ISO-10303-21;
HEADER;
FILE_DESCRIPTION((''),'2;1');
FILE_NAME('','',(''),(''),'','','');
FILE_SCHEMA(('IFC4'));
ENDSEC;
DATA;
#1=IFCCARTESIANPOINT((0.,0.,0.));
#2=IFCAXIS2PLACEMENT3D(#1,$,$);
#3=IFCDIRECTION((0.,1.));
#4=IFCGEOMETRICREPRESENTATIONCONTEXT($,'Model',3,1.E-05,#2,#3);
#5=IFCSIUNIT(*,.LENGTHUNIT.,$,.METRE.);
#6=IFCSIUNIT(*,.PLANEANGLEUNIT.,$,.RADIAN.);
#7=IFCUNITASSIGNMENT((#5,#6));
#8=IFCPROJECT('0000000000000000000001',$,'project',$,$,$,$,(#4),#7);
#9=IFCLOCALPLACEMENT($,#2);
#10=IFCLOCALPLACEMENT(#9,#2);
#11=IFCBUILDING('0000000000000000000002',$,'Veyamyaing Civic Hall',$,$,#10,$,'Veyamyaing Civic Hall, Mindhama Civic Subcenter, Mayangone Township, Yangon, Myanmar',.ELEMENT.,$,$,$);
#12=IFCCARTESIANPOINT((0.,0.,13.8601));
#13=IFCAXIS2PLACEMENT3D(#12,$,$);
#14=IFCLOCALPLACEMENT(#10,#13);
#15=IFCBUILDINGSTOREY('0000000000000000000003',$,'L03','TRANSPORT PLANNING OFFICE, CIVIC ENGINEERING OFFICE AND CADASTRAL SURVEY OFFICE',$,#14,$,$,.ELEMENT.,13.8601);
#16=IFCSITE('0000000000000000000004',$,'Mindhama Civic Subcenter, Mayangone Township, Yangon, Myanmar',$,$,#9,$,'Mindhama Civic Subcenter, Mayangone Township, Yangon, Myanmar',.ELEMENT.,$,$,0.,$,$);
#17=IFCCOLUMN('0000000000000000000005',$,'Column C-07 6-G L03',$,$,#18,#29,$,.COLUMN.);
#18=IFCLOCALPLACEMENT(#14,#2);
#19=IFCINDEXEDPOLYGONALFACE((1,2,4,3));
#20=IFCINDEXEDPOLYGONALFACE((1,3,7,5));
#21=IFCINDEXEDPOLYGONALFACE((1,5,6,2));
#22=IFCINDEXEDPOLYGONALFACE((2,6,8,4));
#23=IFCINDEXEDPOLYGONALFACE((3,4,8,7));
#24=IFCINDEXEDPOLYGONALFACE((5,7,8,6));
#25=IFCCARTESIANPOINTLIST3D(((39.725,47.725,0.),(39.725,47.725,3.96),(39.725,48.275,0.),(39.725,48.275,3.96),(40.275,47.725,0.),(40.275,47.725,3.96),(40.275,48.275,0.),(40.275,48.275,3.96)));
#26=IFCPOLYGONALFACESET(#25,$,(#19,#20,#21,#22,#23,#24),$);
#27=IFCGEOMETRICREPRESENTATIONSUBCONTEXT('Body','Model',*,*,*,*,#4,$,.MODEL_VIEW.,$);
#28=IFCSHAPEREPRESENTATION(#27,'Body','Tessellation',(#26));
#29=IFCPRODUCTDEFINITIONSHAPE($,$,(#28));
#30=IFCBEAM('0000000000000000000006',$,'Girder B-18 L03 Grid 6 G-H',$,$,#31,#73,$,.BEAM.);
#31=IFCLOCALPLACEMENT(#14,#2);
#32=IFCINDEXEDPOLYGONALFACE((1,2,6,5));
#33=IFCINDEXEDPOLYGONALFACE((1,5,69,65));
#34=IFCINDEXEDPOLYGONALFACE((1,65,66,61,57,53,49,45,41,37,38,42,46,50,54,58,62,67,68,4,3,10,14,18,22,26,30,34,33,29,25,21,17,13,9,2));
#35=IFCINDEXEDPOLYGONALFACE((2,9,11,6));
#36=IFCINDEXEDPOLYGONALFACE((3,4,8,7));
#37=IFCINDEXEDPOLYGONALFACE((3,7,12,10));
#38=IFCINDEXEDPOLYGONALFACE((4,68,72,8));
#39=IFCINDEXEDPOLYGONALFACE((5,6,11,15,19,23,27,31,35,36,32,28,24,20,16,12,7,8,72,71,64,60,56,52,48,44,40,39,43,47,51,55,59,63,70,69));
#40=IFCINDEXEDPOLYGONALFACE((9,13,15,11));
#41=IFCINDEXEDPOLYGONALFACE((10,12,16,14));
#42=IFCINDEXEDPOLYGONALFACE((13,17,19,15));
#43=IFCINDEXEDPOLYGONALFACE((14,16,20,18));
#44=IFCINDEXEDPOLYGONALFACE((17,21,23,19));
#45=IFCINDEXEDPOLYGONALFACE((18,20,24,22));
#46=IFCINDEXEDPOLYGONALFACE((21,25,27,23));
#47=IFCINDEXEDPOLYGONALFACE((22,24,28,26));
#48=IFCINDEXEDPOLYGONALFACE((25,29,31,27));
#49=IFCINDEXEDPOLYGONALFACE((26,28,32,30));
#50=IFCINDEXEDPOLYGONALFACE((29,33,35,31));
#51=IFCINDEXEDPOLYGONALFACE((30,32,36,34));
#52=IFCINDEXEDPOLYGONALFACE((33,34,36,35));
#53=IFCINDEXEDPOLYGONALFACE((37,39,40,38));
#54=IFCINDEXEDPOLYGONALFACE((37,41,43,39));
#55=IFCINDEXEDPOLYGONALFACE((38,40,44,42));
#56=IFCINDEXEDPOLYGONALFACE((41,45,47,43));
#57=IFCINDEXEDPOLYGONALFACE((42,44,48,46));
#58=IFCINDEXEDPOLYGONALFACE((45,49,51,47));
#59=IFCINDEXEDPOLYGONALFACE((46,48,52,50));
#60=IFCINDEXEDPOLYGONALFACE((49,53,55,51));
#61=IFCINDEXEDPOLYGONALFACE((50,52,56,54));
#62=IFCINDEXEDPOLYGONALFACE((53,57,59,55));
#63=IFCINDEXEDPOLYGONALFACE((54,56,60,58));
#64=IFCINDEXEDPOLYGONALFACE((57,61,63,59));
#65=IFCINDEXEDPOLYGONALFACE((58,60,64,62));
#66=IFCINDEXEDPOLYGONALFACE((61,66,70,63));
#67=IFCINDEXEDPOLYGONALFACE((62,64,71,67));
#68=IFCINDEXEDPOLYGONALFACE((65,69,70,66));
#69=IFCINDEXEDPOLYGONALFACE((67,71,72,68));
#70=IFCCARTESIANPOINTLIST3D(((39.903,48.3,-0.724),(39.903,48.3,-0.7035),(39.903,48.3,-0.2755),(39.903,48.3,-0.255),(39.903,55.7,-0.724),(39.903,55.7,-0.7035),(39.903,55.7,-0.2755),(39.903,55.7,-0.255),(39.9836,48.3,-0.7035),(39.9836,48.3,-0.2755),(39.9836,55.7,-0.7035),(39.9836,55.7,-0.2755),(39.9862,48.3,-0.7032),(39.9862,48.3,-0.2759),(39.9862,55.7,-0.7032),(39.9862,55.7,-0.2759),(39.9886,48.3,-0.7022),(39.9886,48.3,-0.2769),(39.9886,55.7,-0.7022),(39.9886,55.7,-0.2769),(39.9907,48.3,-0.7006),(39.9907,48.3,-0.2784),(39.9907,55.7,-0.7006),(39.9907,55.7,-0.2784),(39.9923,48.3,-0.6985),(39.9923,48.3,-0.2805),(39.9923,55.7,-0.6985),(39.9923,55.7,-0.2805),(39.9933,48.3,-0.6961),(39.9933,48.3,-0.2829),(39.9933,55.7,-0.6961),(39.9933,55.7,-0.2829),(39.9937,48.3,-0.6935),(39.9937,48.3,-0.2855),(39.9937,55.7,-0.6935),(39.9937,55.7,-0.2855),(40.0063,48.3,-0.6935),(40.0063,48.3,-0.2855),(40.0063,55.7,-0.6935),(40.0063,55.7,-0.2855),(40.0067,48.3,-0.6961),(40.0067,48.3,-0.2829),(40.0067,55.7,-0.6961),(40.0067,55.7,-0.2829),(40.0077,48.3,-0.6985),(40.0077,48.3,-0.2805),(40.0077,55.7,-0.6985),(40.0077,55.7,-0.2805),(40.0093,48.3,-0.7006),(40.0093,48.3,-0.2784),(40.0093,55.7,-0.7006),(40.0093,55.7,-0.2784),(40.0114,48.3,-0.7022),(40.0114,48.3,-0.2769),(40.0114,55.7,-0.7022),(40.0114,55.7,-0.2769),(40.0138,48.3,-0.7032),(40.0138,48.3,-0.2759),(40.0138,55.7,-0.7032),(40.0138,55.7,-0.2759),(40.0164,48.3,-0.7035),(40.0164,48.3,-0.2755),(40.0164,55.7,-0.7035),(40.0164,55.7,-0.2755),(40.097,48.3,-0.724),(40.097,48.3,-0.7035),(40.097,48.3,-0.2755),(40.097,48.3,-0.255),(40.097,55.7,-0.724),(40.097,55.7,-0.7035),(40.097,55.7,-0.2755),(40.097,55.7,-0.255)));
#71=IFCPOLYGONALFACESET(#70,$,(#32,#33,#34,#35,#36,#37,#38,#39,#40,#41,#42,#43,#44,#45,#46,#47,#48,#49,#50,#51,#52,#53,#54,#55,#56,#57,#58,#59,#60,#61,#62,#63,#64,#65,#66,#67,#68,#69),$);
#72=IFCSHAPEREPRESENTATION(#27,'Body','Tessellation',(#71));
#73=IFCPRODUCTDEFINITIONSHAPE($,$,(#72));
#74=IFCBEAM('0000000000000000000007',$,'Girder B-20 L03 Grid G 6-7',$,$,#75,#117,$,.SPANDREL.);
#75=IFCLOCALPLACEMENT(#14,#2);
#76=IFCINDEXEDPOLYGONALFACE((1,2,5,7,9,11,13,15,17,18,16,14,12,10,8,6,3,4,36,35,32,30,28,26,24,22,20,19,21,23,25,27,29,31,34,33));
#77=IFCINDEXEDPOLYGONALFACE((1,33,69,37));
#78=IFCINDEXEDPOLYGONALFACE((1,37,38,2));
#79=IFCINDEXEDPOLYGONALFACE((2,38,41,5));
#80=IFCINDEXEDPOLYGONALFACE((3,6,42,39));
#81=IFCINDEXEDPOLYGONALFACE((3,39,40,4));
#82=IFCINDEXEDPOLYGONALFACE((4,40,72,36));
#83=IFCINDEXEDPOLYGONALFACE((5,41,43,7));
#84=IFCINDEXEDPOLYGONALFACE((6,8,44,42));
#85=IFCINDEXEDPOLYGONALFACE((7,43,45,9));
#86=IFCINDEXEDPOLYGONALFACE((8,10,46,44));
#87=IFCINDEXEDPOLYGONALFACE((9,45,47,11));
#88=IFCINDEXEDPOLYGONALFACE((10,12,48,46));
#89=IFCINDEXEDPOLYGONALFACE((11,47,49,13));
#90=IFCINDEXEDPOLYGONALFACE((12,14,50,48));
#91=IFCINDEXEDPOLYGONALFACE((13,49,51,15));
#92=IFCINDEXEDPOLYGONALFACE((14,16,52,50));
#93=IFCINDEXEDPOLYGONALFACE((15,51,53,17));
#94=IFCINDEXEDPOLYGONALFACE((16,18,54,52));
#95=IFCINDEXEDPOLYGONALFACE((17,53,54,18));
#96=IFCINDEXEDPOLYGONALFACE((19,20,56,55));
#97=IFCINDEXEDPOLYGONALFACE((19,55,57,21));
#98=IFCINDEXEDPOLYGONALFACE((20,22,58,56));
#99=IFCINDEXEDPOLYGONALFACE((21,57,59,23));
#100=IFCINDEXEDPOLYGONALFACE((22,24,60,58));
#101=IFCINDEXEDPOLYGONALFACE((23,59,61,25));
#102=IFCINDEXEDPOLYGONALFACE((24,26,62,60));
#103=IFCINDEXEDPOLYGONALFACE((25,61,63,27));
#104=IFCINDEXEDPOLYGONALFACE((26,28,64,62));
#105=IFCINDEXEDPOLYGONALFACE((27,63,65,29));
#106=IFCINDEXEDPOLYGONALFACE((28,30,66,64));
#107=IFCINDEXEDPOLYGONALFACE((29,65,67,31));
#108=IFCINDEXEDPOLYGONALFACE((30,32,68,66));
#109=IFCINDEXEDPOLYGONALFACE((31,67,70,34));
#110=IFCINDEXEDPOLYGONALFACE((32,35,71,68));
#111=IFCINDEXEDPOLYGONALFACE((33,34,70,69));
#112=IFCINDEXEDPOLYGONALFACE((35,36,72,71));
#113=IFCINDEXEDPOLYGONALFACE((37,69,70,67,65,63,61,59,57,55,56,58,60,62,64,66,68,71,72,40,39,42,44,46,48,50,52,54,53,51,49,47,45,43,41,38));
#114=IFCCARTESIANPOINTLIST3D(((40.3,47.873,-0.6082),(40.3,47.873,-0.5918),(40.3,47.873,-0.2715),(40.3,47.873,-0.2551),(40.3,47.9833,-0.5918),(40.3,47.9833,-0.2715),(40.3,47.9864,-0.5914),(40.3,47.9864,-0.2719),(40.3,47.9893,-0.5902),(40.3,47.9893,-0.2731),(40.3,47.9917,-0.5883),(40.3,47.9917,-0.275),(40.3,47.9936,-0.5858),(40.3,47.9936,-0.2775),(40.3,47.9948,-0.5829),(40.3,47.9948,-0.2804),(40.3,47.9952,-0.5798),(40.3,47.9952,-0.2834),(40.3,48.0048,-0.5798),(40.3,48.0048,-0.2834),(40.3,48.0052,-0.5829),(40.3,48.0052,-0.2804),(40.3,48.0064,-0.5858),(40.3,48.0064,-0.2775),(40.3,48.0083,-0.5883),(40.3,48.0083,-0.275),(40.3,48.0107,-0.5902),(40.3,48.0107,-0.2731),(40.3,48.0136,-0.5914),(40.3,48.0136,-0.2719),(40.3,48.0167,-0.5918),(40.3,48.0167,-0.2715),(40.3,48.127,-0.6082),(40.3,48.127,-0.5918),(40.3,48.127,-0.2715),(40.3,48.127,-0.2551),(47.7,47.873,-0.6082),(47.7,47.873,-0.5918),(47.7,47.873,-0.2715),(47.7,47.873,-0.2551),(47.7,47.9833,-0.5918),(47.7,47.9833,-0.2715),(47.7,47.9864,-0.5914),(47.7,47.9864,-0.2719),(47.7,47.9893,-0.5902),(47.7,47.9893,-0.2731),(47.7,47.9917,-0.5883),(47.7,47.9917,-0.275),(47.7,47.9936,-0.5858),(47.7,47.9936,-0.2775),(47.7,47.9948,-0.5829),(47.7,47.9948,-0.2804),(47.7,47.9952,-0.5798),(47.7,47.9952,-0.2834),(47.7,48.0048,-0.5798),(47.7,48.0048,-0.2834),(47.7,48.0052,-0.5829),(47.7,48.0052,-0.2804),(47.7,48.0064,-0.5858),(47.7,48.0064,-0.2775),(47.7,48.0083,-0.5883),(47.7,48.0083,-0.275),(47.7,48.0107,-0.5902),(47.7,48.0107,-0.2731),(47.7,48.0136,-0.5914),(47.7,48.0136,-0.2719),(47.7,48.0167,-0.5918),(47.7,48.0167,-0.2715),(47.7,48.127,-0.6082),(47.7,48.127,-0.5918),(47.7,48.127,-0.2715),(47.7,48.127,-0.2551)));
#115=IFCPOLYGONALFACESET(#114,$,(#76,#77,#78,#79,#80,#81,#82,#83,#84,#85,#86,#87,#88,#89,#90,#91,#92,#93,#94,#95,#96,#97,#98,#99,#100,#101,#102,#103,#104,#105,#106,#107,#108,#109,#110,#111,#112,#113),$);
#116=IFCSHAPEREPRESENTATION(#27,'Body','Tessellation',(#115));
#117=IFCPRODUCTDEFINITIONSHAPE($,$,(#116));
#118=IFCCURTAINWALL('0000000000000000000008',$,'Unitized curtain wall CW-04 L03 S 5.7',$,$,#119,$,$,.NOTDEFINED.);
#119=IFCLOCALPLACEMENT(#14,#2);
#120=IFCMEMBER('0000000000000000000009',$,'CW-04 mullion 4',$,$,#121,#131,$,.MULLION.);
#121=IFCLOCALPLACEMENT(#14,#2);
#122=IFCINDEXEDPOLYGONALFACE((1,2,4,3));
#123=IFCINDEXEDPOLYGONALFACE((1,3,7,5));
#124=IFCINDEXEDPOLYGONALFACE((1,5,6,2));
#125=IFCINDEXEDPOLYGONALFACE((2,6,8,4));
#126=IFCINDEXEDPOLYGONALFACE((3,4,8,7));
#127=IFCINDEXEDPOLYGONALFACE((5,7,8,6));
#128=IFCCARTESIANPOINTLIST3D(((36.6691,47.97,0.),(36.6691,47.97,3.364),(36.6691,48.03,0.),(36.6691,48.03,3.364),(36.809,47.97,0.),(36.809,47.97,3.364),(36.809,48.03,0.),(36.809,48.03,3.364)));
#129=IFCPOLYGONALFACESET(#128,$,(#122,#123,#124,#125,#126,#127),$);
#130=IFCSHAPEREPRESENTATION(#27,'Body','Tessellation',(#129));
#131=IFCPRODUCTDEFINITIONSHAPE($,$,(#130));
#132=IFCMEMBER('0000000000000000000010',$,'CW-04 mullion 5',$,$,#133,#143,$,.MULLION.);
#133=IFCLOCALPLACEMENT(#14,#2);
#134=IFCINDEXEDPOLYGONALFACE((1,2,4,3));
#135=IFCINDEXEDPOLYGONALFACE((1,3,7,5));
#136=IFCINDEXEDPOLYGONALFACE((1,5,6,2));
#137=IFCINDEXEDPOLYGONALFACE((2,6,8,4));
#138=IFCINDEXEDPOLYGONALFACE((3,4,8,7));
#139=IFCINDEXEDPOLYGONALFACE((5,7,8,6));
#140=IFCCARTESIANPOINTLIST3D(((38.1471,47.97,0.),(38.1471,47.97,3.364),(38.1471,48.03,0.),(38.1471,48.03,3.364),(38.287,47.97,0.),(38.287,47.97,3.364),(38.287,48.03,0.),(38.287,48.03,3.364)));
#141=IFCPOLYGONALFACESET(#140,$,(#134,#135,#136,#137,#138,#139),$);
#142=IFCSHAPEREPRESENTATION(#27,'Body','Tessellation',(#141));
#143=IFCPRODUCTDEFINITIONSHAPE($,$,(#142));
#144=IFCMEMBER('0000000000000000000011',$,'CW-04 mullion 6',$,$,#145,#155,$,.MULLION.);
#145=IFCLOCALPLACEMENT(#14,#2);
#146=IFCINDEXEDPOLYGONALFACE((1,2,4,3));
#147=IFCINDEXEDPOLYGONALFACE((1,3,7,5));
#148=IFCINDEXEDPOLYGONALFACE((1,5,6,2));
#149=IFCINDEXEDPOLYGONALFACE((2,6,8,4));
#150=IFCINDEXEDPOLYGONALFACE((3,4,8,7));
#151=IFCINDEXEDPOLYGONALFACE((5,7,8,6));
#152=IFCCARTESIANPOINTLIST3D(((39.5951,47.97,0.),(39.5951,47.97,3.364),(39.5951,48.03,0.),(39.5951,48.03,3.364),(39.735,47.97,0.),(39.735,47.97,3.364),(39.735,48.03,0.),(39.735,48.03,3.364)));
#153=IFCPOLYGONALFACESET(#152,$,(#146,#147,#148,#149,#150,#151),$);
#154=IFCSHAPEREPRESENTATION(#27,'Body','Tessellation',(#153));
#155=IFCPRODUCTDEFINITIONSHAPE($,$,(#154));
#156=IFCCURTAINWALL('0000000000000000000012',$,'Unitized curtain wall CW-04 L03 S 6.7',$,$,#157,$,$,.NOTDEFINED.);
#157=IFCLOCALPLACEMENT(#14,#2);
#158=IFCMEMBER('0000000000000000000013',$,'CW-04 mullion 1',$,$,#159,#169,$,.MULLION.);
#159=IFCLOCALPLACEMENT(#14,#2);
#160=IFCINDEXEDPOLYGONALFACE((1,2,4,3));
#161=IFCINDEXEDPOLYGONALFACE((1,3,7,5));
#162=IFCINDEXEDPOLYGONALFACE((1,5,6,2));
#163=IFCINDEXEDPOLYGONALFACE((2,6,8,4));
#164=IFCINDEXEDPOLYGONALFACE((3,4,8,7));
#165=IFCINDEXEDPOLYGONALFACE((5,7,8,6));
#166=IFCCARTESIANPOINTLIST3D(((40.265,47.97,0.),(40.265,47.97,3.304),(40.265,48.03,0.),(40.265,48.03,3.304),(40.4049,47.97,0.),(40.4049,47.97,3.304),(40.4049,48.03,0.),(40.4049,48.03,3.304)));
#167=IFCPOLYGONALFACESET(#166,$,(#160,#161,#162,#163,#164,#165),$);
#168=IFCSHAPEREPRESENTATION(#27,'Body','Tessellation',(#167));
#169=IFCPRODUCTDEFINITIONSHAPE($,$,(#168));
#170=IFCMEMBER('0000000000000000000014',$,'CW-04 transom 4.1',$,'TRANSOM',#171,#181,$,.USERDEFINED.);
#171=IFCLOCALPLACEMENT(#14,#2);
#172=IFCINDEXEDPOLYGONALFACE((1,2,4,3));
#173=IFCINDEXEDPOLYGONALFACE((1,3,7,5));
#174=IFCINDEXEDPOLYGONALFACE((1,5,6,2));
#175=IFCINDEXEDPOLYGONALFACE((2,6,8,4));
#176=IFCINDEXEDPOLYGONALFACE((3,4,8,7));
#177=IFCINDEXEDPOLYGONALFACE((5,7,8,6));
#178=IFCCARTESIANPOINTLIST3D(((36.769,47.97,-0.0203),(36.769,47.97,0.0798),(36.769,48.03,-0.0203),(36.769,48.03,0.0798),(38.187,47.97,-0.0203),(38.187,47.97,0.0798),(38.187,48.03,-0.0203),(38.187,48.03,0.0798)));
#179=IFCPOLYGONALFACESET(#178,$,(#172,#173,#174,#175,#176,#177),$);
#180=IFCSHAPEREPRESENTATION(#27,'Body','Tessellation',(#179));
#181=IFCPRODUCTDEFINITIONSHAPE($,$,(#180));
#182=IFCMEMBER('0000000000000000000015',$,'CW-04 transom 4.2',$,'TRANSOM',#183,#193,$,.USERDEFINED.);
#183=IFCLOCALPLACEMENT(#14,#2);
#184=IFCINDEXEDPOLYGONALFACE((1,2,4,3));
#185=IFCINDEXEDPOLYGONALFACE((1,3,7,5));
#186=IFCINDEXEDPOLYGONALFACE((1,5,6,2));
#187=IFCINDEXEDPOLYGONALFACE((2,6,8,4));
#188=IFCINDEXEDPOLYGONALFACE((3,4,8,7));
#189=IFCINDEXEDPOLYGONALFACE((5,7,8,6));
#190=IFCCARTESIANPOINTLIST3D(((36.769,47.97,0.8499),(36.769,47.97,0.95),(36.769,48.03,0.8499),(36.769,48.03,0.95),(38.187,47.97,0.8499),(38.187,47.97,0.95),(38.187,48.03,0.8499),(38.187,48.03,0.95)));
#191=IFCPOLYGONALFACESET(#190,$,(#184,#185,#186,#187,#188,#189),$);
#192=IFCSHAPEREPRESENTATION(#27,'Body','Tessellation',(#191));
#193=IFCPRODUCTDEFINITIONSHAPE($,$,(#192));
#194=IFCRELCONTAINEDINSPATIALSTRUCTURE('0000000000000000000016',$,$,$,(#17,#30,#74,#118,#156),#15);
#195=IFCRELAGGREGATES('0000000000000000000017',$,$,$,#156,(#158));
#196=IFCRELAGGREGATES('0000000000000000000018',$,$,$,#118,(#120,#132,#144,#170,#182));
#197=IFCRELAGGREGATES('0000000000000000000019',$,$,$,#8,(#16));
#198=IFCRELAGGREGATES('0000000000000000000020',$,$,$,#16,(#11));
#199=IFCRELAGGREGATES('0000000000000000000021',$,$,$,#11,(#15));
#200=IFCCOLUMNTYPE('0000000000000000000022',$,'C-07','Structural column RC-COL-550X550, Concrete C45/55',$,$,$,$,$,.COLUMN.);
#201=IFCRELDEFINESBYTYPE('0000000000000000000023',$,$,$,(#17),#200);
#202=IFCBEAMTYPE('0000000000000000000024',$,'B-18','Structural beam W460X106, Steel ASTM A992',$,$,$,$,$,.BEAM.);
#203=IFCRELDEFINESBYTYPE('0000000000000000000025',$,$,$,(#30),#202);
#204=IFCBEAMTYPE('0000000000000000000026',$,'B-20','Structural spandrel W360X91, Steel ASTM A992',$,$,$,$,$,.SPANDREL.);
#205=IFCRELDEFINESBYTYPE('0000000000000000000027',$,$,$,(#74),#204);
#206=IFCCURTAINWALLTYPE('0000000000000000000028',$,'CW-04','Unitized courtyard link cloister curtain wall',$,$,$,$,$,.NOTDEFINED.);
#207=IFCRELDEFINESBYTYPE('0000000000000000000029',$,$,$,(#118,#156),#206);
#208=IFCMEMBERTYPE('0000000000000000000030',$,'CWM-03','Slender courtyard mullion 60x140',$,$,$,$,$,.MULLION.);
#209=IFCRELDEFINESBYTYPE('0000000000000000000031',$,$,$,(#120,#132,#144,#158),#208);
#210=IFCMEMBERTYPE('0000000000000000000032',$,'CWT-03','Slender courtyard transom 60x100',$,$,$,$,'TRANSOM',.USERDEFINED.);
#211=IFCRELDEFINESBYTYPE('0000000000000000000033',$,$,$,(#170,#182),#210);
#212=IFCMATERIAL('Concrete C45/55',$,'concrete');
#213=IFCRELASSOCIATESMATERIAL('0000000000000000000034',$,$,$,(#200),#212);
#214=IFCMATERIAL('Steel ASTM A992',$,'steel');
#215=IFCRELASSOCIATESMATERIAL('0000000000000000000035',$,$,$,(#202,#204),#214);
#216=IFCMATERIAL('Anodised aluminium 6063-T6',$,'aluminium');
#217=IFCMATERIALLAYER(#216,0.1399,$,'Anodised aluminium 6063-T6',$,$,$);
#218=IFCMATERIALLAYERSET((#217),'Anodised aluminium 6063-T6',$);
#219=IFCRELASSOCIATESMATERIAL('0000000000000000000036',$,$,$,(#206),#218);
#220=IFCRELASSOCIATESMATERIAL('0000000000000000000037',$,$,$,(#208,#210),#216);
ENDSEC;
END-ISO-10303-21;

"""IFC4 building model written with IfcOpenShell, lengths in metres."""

from ifc_helpers import new_model, si_unit, direction, frame, origin, origin_2d, place, context, subcontext, project, spatial, rectangle, i_section, extrude, material, layer, layer_set, material_profile, profile_set, type_object, element, aggregate, save


model = new_model("IFC4")

# Units and contexts
model_context = context("Model", 3, precision=1e-05, world=origin(), true_north=direction((0.0, 1.0)))
body_context = subcontext(model_context, "Body", "Model", "MODEL_VIEW")
ifc_project = project(units=[si_unit("LENGTHUNIT", "METRE"), si_unit("PLANEANGLEUNIT", "RADIAN")], contexts=[model_context])

# Site, building, storey
site_placement = place(None, origin())
site = spatial("IfcSite", under=ifc_project, at=site_placement, Name="Mindhama Civic Subcenter, Mayangone Township, Yangon, Myanmar", LongName="Mindhama Civic Subcenter, Mayangone Township, Yangon, Myanmar", CompositionType="ELEMENT", RefElevation=0.0)
building_placement = place(site_placement, origin())
building = spatial("IfcBuilding", under=site, at=building_placement, Name="Veyamyaing Civic Hall", LongName="Veyamyaing Civic Hall, Mindhama Civic Subcenter, Mayangone Township, Yangon, Myanmar", CompositionType="ELEMENT")
storey_placement = place(building_placement, frame((0.0, 0.0, 13.8601)))
storey = spatial("IfcBuildingStorey", under=building, at=storey_placement, Name="L03", Description="TRANSPORT PLANNING OFFICE, CIVIC ENGINEERING OFFICE AND CADASTRAL SURVEY OFFICE", CompositionType="ELEMENT", Elevation=13.8601)

# Column
ifc_material_1 = material(Name="Concrete C45/55", Category="concrete")
ifc_material_profile_1 = material_profile(ifc_material_1, rectangle(XDim=0.55, YDim=0.55, at=origin_2d()), Name="RC-COL-550X550")
ifc_profile_set_1 = profile_set([ifc_material_profile_1], Name="Concrete C45/55")
column_type = type_object("IfcColumnType", Name="C-07", Description="Structural column RC-COL-550X550, Concrete C45/55", PredefinedType="COLUMN", material=ifc_profile_set_1)
column_placement = place(storey_placement, frame((40.0, 48.0, 0.0), z_axis=(0.0, 0.0, 1.0), x_axis=(1.0, 0.0, 0.0)))
element("IfcColumn", 1, at=column_placement, inside=storey, type_object=column_type, Name="Column C-07 6-G L03", PredefinedType="COLUMN", context=body_context, shape_type="SweptSolid", body=[
    extrude(rectangle(XDim=0.55, YDim=0.55, at=origin_2d()), origin(), (0.0, 0.0, 1.0), 3.96),
])

# Beams
ifc_material_2 = material(Name="Steel ASTM A992", Category="steel")
ifc_material_profile_2 = material_profile(ifc_material_2, i_section(OverallWidth=0.1941, OverallDepth=0.469, WebThickness=0.0127, FlangeThickness=0.0205, FilletRadius=0.01, at=origin_2d()), Name="W460X106")
ifc_profile_set_2 = profile_set([ifc_material_profile_2], Name="Steel ASTM A992")
beam_type_1 = type_object("IfcBeamType", Name="B-18", Description="Structural beam W460X106, Steel ASTM A992", PredefinedType="BEAM", material=ifc_profile_set_2)
beam_1_placement = place(storey_placement, frame((40.0, 48.3, -0.4895), z_axis=(0.0, 1.0, 0.0), x_axis=(-1.0, 0.0, 0.0)))
element("IfcBeam", 2, at=beam_1_placement, inside=storey, type_object=beam_type_1, Name="Girder B-18 L03 Grid 6 G-H", PredefinedType="BEAM", context=body_context, shape_type="SweptSolid", body=[
    extrude(i_section(OverallWidth=0.1941, OverallDepth=0.469, WebThickness=0.0127, FlangeThickness=0.0205, FilletRadius=0.01, at=origin_2d()), origin(), (0.0, 0.0, 1.0), 7.3999),
])
ifc_material_profile_3 = material_profile(ifc_material_2, i_section(OverallWidth=0.2539, OverallDepth=0.353, WebThickness=0.0095, FlangeThickness=0.0164, FilletRadius=0.012, at=origin_2d()), Name="W360X91")
ifc_profile_set_3 = profile_set([ifc_material_profile_3], Name="Steel ASTM A992")
beam_type_2 = type_object("IfcBeamType", Name="B-20", Description="Structural spandrel W360X91, Steel ASTM A992", PredefinedType="SPANDREL", material=ifc_profile_set_3)
beam_2_placement = place(storey_placement, frame((40.3, 48.0, -0.4316), z_axis=(1.0, 0.0, 0.0), x_axis=(0.0, 1.0, 0.0)))
element("IfcBeam", 3, at=beam_2_placement, inside=storey, type_object=beam_type_2, Name="Girder B-20 L03 Grid G 6-7", PredefinedType="SPANDREL", context=body_context, shape_type="SweptSolid", body=[
    extrude(i_section(OverallWidth=0.2539, OverallDepth=0.353, WebThickness=0.0095, FlangeThickness=0.0164, FilletRadius=0.012, at=origin_2d()), origin(), (0.0, 0.0, 1.0), 7.3999),
])

# Curtain wall, members
ifc_material_3 = material(Name="Anodised aluminium 6063-T6", Category="aluminium")
ifc_layer_1 = layer(ifc_material_3, 0.1399, Name="Anodised aluminium 6063-T6")
ifc_layer_set_1 = layer_set([ifc_layer_1], Name="Anodised aluminium 6063-T6")
curtain_wall_type = type_object("IfcCurtainWallType", Name="CW-04", Description="Unitized courtyard link cloister curtain wall", PredefinedType="NOTDEFINED", material=ifc_layer_set_1)
curtain_wall_1_placement = place(storey_placement, origin())
curtain_wall_1 = element("IfcCurtainWall", 4, at=curtain_wall_1_placement, inside=storey, type_object=curtain_wall_type, Name="Unitized curtain wall CW-04 L03 S 5.7", PredefinedType="NOTDEFINED")
ifc_material_profile_4 = material_profile(ifc_material_3, rectangle(XDim=0.0601, YDim=0.1399, at=origin_2d()), Name="ALU-MUL-60X140")
ifc_profile_set_4 = profile_set([ifc_material_profile_4], Name="Anodised aluminium 6063-T6")
member_type_1 = type_object("IfcMemberType", Name="CWM-03", Description="Slender courtyard mullion 60x140", PredefinedType="MULLION", material=ifc_profile_set_4)
member_1_placement = place(storey_placement, frame((36.739, 48.0, 0.0), z_axis=(0.0, 0.0, 1.0), x_axis=(0.0, 1.0, 0.0)))
member_1 = element("IfcMember", 5, at=member_1_placement, type_object=member_type_1, Name="CW-04 mullion 4", PredefinedType="MULLION", context=body_context, shape_type="SweptSolid", body=[
    extrude(rectangle(XDim=0.0601, YDim=0.1399, at=origin_2d()), origin(), (0.0, 0.0, 1.0), 3.364),
])
member_2_placement = place(storey_placement, frame((38.217, 48.0, 0.0), z_axis=(0.0, 0.0, 1.0), x_axis=(0.0, 1.0, 0.0)))
member_2 = element("IfcMember", 6, at=member_2_placement, type_object=member_type_1, Name="CW-04 mullion 5", PredefinedType="MULLION", context=body_context, shape_type="SweptSolid", body=[
    extrude(rectangle(XDim=0.0601, YDim=0.1399, at=origin_2d()), origin(), (0.0, 0.0, 1.0), 3.364),
])
member_3_placement = place(storey_placement, frame((39.665, 48.0, 0.0), z_axis=(0.0, 0.0, 1.0), x_axis=(0.0, 1.0, 0.0)))
member_3 = element("IfcMember", 7, at=member_3_placement, type_object=member_type_1, Name="CW-04 mullion 6", PredefinedType="MULLION", context=body_context, shape_type="SweptSolid", body=[
    extrude(rectangle(XDim=0.0601, YDim=0.1399, at=origin_2d()), origin(), (0.0, 0.0, 1.0), 3.364),
])

# Curtain wall, member
curtain_wall_2_placement = place(storey_placement, origin())
curtain_wall_2 = element("IfcCurtainWall", 8, at=curtain_wall_2_placement, inside=storey, type_object=curtain_wall_type, Name="Unitized curtain wall CW-04 L03 S 6.7", PredefinedType="NOTDEFINED")
member_4_placement = place(storey_placement, frame((40.335, 48.0, 0.0), z_axis=(0.0, 0.0, 1.0), x_axis=(0.0, 1.0, 0.0)))
member_4 = element("IfcMember", 9, at=member_4_placement, type_object=member_type_1, Name="CW-04 mullion 1", PredefinedType="MULLION", context=body_context, shape_type="SweptSolid", body=[
    extrude(rectangle(XDim=0.0601, YDim=0.1399, at=origin_2d()), origin(), (0.0, 0.0, 1.0), 3.304),
])

# Members
ifc_material_profile_5 = material_profile(ifc_material_3, rectangle(XDim=0.0601, YDim=0.1001, at=origin_2d()), Name="ALU-TRN-60X100")
ifc_profile_set_5 = profile_set([ifc_material_profile_5], Name="Anodised aluminium 6063-T6")
member_type_2 = type_object("IfcMemberType", Name="CWT-03", Description="Slender courtyard transom 60x100", ElementType="TRANSOM", PredefinedType="USERDEFINED", material=ifc_profile_set_5)
member_5_placement = place(storey_placement, frame((36.769, 48.0, 0.0298), z_axis=(1.0, 0.0, 0.0), x_axis=(0.0, 1.0, 0.0)))
member_5 = element("IfcMember", 10, at=member_5_placement, type_object=member_type_2, Name="CW-04 transom 4.1", ObjectType="TRANSOM", PredefinedType="USERDEFINED", context=body_context, shape_type="SweptSolid", body=[
    extrude(rectangle(XDim=0.0601, YDim=0.1001, at=origin_2d()), origin(), (0.0, 0.0, 1.0), 1.418),
])
member_6_placement = place(storey_placement, frame((36.769, 48.0, 0.8999), z_axis=(1.0, 0.0, 0.0), x_axis=(0.0, 1.0, 0.0)))
member_6 = element("IfcMember", 11, at=member_6_placement, type_object=member_type_2, Name="CW-04 transom 4.2", ObjectType="TRANSOM", PredefinedType="USERDEFINED", context=body_context, shape_type="SweptSolid", body=[
    extrude(rectangle(XDim=0.0601, YDim=0.1001, at=origin_2d()), origin(), (0.0, 0.0, 1.0), 1.418),
])
aggregate(curtain_wall_2, [member_4])

aggregate(curtain_wall_1, [member_1, member_2, member_3, member_5, member_6])

save(model, "model.ifc")
